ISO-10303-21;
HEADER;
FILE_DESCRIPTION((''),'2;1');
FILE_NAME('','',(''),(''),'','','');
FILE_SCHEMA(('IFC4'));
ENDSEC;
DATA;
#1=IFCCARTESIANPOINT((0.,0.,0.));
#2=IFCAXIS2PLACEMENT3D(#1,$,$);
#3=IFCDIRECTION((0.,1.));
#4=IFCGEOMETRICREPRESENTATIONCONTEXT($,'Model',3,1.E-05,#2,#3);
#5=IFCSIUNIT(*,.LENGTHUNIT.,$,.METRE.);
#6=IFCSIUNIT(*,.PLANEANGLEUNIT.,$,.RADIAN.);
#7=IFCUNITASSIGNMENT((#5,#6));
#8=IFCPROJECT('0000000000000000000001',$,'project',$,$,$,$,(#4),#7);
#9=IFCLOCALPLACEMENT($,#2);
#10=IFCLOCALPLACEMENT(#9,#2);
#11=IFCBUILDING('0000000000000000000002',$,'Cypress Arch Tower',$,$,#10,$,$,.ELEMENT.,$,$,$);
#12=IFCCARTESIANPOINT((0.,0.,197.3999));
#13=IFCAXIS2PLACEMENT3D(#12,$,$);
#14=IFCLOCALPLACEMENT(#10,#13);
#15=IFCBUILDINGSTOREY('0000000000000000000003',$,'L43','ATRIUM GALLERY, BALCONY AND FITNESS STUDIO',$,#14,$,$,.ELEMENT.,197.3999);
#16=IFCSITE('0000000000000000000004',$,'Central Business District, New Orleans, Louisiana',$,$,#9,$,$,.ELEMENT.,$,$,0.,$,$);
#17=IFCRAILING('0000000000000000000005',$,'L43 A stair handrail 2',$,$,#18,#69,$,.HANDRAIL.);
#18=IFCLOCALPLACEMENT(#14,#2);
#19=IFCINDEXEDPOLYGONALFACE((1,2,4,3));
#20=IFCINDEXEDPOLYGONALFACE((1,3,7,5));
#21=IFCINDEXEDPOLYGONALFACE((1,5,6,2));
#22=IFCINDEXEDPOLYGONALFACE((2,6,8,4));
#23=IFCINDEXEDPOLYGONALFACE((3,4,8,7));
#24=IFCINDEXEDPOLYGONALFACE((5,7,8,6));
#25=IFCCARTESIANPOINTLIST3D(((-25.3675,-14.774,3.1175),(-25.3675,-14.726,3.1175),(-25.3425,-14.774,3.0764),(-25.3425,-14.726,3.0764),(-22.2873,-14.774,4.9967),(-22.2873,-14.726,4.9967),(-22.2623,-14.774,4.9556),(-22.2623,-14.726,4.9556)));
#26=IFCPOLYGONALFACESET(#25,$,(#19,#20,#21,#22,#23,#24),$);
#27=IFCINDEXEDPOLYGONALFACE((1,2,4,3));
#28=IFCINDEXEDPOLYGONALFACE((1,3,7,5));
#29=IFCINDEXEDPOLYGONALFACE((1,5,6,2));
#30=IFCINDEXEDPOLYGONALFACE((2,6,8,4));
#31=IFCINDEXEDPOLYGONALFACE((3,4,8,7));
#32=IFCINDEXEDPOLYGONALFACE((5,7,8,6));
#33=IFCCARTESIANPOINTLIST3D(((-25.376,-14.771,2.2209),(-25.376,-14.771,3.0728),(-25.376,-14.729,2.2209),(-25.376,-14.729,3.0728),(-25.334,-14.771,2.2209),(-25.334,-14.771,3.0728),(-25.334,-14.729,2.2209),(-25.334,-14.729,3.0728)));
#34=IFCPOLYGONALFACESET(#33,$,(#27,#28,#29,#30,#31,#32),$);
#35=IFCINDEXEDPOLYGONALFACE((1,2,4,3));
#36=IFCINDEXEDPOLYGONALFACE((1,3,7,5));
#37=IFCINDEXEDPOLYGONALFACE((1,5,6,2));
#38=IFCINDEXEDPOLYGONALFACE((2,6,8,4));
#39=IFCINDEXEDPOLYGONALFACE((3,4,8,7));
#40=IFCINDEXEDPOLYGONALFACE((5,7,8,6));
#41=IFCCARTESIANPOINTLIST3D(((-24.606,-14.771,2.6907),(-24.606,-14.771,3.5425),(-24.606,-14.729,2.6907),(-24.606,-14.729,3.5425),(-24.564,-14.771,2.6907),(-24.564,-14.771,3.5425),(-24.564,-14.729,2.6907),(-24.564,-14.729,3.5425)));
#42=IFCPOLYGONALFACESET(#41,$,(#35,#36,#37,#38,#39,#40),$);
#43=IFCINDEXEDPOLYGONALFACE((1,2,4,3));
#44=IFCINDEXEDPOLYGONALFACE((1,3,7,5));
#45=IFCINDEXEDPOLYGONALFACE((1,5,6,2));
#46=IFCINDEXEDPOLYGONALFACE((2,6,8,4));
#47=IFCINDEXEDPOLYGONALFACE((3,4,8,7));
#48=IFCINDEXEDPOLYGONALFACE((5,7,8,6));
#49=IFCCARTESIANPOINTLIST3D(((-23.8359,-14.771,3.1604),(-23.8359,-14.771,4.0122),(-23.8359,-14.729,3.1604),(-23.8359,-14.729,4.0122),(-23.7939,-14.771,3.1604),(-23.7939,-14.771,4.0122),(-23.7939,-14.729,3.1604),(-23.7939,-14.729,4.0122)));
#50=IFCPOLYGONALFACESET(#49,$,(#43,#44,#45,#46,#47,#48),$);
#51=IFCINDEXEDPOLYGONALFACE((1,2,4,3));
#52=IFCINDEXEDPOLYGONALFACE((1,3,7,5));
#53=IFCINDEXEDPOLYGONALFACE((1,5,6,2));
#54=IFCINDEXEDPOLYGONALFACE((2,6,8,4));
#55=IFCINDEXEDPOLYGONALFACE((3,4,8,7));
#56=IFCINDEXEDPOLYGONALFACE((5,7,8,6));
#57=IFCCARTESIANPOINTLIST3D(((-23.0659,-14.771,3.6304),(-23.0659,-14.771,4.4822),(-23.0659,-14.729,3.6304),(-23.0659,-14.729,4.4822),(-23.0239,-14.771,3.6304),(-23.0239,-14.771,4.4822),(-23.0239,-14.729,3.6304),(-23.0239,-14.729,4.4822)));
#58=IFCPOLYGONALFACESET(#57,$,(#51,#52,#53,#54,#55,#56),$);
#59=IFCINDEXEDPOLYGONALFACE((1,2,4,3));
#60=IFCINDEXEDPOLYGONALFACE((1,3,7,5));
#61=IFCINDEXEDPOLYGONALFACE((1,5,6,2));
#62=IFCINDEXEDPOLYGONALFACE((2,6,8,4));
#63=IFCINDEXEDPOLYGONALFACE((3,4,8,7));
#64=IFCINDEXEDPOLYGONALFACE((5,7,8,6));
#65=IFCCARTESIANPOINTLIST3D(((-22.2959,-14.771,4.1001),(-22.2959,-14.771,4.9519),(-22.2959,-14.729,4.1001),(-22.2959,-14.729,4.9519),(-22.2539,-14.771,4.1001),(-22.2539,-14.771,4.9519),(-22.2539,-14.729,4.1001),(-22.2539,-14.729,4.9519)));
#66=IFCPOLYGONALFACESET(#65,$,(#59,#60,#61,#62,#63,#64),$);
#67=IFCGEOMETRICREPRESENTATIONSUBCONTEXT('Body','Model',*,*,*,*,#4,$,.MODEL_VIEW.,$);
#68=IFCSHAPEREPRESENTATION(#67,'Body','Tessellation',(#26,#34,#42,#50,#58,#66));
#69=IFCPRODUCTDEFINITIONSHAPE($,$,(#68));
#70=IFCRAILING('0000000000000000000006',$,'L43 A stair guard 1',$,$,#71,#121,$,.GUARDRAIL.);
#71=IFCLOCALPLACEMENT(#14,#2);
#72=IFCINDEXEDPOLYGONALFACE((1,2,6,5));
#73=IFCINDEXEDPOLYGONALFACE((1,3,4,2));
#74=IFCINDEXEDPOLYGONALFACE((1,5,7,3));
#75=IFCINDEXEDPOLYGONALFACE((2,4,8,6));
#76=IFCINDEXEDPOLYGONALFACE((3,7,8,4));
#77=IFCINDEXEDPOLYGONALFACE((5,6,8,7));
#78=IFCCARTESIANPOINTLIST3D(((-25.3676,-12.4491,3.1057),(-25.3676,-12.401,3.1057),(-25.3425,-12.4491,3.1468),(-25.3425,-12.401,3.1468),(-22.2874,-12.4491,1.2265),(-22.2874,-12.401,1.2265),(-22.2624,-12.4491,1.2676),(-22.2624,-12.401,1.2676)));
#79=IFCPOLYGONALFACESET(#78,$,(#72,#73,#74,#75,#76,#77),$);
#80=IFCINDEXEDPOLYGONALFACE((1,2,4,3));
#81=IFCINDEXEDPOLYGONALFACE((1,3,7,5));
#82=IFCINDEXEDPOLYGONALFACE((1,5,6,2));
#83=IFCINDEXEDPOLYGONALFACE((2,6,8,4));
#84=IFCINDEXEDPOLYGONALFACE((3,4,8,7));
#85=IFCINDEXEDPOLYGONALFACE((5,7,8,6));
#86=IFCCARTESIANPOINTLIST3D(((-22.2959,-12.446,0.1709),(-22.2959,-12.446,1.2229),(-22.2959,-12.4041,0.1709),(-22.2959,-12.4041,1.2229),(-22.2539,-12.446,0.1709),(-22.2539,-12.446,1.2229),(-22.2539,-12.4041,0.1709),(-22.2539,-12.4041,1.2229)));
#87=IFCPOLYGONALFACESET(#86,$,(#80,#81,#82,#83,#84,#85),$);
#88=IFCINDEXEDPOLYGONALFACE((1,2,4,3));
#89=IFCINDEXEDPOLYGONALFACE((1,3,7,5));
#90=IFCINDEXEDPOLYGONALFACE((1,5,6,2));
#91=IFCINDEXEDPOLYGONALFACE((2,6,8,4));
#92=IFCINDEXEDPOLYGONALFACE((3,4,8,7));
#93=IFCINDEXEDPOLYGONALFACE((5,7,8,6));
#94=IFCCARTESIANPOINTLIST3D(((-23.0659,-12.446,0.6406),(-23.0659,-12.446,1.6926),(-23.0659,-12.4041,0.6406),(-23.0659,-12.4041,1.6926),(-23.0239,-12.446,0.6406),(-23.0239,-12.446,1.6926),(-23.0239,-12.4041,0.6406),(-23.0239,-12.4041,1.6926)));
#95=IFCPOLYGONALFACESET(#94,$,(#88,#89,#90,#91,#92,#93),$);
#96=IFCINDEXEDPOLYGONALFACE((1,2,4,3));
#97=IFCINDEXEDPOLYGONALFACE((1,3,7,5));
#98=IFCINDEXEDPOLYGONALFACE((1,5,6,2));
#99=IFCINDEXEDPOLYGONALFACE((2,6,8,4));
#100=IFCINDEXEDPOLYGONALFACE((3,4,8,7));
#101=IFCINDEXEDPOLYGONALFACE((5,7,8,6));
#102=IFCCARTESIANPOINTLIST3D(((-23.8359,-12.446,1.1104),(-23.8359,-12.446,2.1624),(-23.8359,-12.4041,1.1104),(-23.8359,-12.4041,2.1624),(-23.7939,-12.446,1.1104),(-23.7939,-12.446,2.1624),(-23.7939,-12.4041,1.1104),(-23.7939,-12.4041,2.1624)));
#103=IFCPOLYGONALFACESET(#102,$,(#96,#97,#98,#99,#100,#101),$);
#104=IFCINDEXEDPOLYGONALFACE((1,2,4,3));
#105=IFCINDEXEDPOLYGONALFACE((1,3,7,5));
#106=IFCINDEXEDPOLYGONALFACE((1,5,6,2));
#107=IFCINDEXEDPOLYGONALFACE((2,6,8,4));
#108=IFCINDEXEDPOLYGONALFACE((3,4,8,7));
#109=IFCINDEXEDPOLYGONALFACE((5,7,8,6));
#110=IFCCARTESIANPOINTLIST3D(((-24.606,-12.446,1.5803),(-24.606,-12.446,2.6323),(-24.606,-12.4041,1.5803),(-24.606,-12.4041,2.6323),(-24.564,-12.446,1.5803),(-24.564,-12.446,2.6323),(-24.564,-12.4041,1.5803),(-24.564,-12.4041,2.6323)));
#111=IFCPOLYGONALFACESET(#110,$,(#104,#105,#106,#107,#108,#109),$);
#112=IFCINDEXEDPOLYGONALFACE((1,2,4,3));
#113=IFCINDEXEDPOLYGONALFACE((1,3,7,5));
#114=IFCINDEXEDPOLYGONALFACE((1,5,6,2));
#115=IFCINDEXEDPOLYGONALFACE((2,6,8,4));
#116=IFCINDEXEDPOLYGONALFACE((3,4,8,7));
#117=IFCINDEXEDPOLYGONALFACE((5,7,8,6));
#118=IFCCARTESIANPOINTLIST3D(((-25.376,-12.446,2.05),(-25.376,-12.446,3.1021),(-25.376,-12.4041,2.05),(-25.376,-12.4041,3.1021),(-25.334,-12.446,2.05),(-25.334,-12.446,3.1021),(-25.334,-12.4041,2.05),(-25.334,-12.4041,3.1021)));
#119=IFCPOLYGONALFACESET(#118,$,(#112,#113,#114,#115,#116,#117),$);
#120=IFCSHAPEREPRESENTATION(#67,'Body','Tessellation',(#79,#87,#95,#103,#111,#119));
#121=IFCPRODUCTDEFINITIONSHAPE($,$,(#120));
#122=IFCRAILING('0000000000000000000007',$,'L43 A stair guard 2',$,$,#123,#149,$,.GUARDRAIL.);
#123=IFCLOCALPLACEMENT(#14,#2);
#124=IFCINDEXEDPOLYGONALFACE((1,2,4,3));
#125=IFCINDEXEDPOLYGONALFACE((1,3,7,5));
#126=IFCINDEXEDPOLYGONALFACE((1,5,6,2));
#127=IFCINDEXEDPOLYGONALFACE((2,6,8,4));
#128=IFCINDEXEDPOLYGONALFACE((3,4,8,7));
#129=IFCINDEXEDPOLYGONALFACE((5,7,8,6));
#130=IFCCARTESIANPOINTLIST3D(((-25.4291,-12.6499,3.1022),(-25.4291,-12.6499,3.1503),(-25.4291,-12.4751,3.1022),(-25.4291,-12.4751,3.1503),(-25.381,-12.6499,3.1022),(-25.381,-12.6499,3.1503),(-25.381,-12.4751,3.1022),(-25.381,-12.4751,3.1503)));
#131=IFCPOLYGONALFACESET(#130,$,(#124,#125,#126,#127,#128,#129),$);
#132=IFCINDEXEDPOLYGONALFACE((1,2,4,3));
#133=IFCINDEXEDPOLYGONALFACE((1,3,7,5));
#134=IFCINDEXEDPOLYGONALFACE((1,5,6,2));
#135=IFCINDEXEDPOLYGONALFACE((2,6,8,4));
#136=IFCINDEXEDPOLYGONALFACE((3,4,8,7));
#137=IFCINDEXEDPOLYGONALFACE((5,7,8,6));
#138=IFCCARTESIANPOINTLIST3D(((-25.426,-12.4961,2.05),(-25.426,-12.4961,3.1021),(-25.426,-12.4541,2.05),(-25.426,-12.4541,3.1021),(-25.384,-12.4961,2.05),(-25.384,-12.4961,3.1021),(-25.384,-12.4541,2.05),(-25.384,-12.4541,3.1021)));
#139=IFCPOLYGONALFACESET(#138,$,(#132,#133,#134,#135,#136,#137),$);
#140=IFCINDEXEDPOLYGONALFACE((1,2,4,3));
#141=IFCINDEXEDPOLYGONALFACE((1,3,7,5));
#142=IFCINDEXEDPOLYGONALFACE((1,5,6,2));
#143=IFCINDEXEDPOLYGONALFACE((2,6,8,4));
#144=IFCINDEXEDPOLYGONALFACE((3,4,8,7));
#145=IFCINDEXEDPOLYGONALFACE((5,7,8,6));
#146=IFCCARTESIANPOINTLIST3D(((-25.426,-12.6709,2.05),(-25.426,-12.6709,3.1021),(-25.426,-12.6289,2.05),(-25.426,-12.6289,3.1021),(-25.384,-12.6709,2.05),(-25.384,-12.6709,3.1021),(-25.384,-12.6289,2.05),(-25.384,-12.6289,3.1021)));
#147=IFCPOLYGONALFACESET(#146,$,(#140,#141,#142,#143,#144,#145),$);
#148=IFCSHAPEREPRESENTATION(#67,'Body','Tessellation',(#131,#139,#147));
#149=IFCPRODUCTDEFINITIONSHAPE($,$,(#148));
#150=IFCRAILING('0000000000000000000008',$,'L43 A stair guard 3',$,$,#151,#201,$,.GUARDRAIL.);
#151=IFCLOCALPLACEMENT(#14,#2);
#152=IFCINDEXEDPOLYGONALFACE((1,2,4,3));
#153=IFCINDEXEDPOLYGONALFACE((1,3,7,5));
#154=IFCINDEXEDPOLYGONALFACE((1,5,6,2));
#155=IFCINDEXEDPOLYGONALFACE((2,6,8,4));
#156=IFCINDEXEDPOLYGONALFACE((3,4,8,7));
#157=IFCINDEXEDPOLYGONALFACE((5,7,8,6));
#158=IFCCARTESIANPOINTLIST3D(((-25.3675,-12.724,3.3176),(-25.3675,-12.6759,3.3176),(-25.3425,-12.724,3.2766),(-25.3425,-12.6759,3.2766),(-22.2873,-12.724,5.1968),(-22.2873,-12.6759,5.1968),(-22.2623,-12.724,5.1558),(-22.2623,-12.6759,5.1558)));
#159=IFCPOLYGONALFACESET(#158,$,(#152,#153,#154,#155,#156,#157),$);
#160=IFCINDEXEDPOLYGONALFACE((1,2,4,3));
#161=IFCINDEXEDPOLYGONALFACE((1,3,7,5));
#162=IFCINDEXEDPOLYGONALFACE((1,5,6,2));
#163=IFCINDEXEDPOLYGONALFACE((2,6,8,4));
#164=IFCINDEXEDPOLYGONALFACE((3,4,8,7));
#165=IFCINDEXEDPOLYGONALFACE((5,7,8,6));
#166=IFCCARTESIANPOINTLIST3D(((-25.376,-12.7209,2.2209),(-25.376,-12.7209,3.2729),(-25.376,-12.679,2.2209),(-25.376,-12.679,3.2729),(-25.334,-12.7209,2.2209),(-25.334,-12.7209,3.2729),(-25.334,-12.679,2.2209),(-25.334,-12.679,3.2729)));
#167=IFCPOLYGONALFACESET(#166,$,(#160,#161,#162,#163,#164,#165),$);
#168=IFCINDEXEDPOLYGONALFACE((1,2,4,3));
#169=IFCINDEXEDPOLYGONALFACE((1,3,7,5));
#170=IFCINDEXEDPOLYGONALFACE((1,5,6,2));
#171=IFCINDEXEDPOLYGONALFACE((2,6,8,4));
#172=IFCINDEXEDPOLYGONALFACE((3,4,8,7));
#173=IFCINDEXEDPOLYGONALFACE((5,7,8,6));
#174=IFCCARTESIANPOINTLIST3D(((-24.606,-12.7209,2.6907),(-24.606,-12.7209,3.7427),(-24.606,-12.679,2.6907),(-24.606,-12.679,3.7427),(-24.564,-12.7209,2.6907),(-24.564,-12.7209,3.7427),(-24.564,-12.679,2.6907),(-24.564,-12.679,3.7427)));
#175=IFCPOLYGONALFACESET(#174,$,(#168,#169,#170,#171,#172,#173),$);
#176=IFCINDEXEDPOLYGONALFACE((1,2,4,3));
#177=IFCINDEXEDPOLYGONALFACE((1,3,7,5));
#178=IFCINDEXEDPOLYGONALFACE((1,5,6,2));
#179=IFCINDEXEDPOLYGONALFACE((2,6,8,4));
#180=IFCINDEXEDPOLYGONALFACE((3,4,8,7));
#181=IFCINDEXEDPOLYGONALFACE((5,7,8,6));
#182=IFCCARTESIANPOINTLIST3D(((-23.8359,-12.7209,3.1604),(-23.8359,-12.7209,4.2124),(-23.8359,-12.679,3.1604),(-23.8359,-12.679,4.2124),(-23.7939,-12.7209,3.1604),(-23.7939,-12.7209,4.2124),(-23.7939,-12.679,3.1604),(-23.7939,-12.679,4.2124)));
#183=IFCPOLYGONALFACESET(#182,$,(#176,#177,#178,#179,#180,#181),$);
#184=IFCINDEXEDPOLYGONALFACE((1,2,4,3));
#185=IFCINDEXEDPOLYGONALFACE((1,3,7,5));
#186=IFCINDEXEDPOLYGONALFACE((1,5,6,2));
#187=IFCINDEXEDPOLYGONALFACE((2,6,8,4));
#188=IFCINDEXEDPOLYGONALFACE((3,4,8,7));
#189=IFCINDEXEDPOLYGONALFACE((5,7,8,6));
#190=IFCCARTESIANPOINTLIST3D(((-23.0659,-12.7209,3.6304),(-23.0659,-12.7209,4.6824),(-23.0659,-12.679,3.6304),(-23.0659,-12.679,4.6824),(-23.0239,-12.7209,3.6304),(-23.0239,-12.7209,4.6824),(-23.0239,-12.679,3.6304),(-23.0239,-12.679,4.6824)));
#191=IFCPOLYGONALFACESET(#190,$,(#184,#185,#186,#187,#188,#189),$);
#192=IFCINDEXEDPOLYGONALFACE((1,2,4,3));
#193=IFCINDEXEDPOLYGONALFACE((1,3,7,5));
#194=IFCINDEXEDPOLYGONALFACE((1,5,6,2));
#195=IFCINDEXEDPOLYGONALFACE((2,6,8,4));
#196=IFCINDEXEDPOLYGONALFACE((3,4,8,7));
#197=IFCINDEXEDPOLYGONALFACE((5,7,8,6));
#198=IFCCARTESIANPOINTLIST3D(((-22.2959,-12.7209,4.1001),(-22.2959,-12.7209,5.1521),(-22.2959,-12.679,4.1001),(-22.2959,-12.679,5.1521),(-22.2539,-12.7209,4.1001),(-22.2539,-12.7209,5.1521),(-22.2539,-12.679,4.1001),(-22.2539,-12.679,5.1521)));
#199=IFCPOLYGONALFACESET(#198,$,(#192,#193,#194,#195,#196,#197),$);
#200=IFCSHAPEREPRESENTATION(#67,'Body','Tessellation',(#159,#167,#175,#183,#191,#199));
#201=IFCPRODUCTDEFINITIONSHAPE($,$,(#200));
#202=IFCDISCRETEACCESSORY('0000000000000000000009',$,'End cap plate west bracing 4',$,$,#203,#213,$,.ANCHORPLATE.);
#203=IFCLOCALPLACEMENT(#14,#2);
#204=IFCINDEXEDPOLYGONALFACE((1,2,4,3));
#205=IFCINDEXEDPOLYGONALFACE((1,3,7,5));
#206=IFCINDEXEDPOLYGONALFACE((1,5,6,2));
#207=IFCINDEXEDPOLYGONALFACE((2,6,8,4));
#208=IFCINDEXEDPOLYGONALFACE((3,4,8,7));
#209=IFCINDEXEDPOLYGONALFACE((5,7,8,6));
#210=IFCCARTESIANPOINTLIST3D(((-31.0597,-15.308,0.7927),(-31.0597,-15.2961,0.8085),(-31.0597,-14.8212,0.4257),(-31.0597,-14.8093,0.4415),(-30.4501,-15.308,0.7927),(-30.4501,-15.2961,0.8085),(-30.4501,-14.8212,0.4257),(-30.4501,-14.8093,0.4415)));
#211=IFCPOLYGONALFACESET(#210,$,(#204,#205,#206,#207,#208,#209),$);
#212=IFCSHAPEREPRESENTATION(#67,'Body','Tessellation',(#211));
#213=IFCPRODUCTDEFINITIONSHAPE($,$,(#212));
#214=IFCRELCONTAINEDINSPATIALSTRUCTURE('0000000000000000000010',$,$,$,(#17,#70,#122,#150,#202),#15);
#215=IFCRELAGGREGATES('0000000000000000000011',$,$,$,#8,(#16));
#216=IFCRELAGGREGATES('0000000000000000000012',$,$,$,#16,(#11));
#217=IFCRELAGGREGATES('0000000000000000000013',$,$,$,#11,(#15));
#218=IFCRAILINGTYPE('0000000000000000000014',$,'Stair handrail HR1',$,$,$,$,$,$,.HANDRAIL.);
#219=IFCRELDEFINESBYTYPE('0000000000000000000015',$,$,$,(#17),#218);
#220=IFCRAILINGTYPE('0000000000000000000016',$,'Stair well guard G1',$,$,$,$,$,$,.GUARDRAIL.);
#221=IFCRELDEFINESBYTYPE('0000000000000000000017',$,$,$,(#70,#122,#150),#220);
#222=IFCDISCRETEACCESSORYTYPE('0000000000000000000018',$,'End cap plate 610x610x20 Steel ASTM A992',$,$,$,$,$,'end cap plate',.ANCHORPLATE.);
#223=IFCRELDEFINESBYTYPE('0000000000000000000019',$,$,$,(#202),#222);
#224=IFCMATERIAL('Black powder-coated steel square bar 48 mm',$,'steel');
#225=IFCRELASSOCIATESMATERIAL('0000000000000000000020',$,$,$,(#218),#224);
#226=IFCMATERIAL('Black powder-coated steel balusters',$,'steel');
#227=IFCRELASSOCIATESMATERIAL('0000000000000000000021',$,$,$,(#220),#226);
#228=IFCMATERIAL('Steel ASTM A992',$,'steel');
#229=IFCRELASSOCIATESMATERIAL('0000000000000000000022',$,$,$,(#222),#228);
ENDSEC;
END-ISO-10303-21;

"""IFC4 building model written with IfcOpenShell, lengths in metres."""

from ifc_helpers import new_model, si_unit, direction, frame, origin, origin_2d, place, context, subcontext, project, spatial, rectangle, extrude, material, material_profile, profile_set, type_object, element, save


model = new_model("IFC4")

# Units and contexts
model_context = context("Model", 3, precision=1e-05, world=origin(), true_north=direction((0.0, 1.0)))
body_context = subcontext(model_context, "Body", "Model", "MODEL_VIEW")
ifc_project = project(units=[si_unit("LENGTHUNIT", "METRE"), si_unit("PLANEANGLEUNIT", "RADIAN")], contexts=[model_context])

# Site, building, storey
site_placement = place(None, origin())
site = spatial("IfcSite", under=ifc_project, at=site_placement, Name="Central Business District, New Orleans, Louisiana", CompositionType="ELEMENT", RefElevation=0.0)
building_placement = place(site_placement, origin())
building = spatial("IfcBuilding", under=site, at=building_placement, Name="Cypress Arch Tower", CompositionType="ELEMENT")
storey_placement = place(building_placement, frame((0.0, 0.0, 197.3999)))
storey = spatial("IfcBuildingStorey", under=building, at=storey_placement, Name="L43", Description="ATRIUM GALLERY, BALCONY AND FITNESS STUDIO", CompositionType="ELEMENT", Elevation=197.3999)

# Railings
ifc_material_1 = material(Name="Black powder-coated steel square bar 48 mm", Category="steel")
railing_type_1 = type_object("IfcRailingType", Name="Stair handrail HR1", PredefinedType="HANDRAIL", material=ifc_material_1)
railing_1_placement = place(storey_placement, frame((-25.355, -14.75, 2.2209)))
element("IfcRailing", 1, at=railing_1_placement, inside=storey, type_object=railing_type_1, Name="L43 A stair handrail 2", PredefinedType="HANDRAIL", context=body_context, shape_type="SweptSolid", body=[
    extrude(rectangle(XDim=0.0481, YDim=0.0481, at=origin_2d()), frame((0.0, 0.0, 0.876), z_axis=(0.853666, 0.0, 0.52082), x_axis=(0.0, 1.0, 0.0)), (0.0, 0.0, 1.0), 3.6082),
    extrude(rectangle(XDim=0.042, YDim=0.042, at=origin_2d()), origin(), (0.0, 0.0, 1.0), 0.8518),
    extrude(rectangle(XDim=0.042, YDim=0.042, at=origin_2d()), frame((0.77, 0.0, 0.4697)), (0.0, 0.0, 1.0), 0.8518),
    extrude(rectangle(XDim=0.042, YDim=0.042, at=origin_2d()), frame((1.54, 0.0, 0.9395)), (0.0, 0.0, 1.0), 0.8518),
    extrude(rectangle(XDim=0.042, YDim=0.042, at=origin_2d()), frame((2.3101, 0.0, 1.4094)), (0.0, 0.0, 1.0), 0.8518),
    extrude(rectangle(XDim=0.042, YDim=0.042, at=origin_2d()), frame((3.0801, 0.0, 1.8792)), (0.0, 0.0, 1.0), 0.8518),
])
ifc_material_2 = material(Name="Black powder-coated steel balusters", Category="steel")
railing_type_2 = type_object("IfcRailingType", Name="Stair well guard G1", PredefinedType="GUARDRAIL", material=ifc_material_2)
railing_2_placement = place(storey_placement, frame((-22.2749, -12.425, 0.1709)))
element("IfcRailing", 2, at=railing_2_placement, inside=storey, type_object=railing_type_2, Name="L43 A stair guard 1", PredefinedType="GUARDRAIL", context=body_context, shape_type="SweptSolid", body=[
    extrude(rectangle(XDim=0.0481, YDim=0.0481, at=origin_2d()), frame((0.0, 0.0, 1.0762), z_axis=(-0.853666, 0.0, 0.52082), x_axis=(0.0, -1.0, 0.0)), (0.0, 0.0, 1.0), 3.6082),
    extrude(rectangle(XDim=0.042, YDim=0.042, at=origin_2d()), origin(), (0.0, 0.0, 1.0), 1.052),
    extrude(rectangle(XDim=0.042, YDim=0.042, at=origin_2d()), frame((-0.77, 0.0, 0.4697)), (0.0, 0.0, 1.0), 1.052),
    extrude(rectangle(XDim=0.042, YDim=0.042, at=origin_2d()), frame((-1.54, 0.0, 0.9395)), (0.0, 0.0, 1.0), 1.052),
    extrude(rectangle(XDim=0.042, YDim=0.042, at=origin_2d()), frame((-2.3101, 0.0, 1.4094)), (0.0, 0.0, 1.0), 1.052),
    extrude(rectangle(XDim=0.042, YDim=0.042, at=origin_2d()), frame((-3.0801, 0.0, 1.8792)), (0.0, 0.0, 1.0), 1.052),
])
railing_3_placement = place(storey_placement, frame((-25.405, -12.4751, 2.05)))
element("IfcRailing", 3, at=railing_3_placement, inside=storey, type_object=railing_type_2, Name="L43 A stair guard 2", PredefinedType="GUARDRAIL", context=body_context, shape_type="SweptSolid", body=[
    extrude(rectangle(XDim=0.0481, YDim=0.0481, at=origin_2d()), frame((0.0, 0.0, 1.0762), z_axis=(0.0, -1.0, 0.0), x_axis=(1.0, 0.0, 0.0)), (0.0, 0.0, 1.0), 0.1748),
    extrude(rectangle(XDim=0.042, YDim=0.042, at=origin_2d()), origin(), (0.0, 0.0, 1.0), 1.052),
    extrude(rectangle(XDim=0.042, YDim=0.042, at=origin_2d()), frame((0.0, -0.1748, 0.0)), (0.0, 0.0, 1.0), 1.052),
])
railing_4_placement = place(storey_placement, frame((-25.355, -12.7, 2.2209)))
element("IfcRailing", 4, at=railing_4_placement, inside=storey, type_object=railing_type_2, Name="L43 A stair guard 3", PredefinedType="GUARDRAIL", context=body_context, shape_type="SweptSolid", body=[
    extrude(rectangle(XDim=0.0481, YDim=0.0481, at=origin_2d()), frame((0.0, 0.0, 1.0762), z_axis=(0.853666, 0.0, 0.52082), x_axis=(0.0, 1.0, 0.0)), (0.0, 0.0, 1.0), 3.6082),
    extrude(rectangle(XDim=0.042, YDim=0.042, at=origin_2d()), origin(), (0.0, 0.0, 1.0), 1.052),
    extrude(rectangle(XDim=0.042, YDim=0.042, at=origin_2d()), frame((0.77, 0.0, 0.4697)), (0.0, 0.0, 1.0), 1.052),
    extrude(rectangle(XDim=0.042, YDim=0.042, at=origin_2d()), frame((1.54, 0.0, 0.9395)), (0.0, 0.0, 1.0), 1.052),
    extrude(rectangle(XDim=0.042, YDim=0.042, at=origin_2d()), frame((2.3101, 0.0, 1.4094)), (0.0, 0.0, 1.0), 1.052),
    extrude(rectangle(XDim=0.042, YDim=0.042, at=origin_2d()), frame((3.0801, 0.0, 1.8792)), (0.0, 0.0, 1.0), 1.052),
])

# Discrete accessory
ifc_material_3 = material(Name="Steel ASTM A992", Category="steel")
ifc_material_profile_1 = material_profile(ifc_material_3, rectangle(XDim=0.6096, YDim=0.6096, at=origin_2d()), Name="PL 20 610x610")
ifc_profile_set_1 = profile_set([ifc_material_profile_1], Name="Steel ASTM A992")
discrete_accessory_type_1 = type_object("IfcDiscreteAccessoryType", Name="End cap plate 610x610x20 Steel ASTM A992", ElementType="end cap plate", PredefinedType="ANCHORPLATE", material=ifc_profile_set_1)
discrete_accessory_1_placement = place(storey_placement, frame((-30.7549, -15.0527, 0.625), z_axis=(0.0, -0.601964, -0.798523), x_axis=(1.0, 0.0, 0.0)))
element("IfcDiscreteAccessory", 5, at=discrete_accessory_1_placement, inside=storey, type_object=discrete_accessory_type_1, Name="End cap plate west bracing 4", PredefinedType="ANCHORPLATE", context=body_context, shape_type="SweptSolid", body=[
    extrude(rectangle(XDim=0.6096, YDim=0.6096, at=origin_2d()), origin(), (0.0, 0.0, 1.0), 0.0198),
])

save(model, "model.ifc")
